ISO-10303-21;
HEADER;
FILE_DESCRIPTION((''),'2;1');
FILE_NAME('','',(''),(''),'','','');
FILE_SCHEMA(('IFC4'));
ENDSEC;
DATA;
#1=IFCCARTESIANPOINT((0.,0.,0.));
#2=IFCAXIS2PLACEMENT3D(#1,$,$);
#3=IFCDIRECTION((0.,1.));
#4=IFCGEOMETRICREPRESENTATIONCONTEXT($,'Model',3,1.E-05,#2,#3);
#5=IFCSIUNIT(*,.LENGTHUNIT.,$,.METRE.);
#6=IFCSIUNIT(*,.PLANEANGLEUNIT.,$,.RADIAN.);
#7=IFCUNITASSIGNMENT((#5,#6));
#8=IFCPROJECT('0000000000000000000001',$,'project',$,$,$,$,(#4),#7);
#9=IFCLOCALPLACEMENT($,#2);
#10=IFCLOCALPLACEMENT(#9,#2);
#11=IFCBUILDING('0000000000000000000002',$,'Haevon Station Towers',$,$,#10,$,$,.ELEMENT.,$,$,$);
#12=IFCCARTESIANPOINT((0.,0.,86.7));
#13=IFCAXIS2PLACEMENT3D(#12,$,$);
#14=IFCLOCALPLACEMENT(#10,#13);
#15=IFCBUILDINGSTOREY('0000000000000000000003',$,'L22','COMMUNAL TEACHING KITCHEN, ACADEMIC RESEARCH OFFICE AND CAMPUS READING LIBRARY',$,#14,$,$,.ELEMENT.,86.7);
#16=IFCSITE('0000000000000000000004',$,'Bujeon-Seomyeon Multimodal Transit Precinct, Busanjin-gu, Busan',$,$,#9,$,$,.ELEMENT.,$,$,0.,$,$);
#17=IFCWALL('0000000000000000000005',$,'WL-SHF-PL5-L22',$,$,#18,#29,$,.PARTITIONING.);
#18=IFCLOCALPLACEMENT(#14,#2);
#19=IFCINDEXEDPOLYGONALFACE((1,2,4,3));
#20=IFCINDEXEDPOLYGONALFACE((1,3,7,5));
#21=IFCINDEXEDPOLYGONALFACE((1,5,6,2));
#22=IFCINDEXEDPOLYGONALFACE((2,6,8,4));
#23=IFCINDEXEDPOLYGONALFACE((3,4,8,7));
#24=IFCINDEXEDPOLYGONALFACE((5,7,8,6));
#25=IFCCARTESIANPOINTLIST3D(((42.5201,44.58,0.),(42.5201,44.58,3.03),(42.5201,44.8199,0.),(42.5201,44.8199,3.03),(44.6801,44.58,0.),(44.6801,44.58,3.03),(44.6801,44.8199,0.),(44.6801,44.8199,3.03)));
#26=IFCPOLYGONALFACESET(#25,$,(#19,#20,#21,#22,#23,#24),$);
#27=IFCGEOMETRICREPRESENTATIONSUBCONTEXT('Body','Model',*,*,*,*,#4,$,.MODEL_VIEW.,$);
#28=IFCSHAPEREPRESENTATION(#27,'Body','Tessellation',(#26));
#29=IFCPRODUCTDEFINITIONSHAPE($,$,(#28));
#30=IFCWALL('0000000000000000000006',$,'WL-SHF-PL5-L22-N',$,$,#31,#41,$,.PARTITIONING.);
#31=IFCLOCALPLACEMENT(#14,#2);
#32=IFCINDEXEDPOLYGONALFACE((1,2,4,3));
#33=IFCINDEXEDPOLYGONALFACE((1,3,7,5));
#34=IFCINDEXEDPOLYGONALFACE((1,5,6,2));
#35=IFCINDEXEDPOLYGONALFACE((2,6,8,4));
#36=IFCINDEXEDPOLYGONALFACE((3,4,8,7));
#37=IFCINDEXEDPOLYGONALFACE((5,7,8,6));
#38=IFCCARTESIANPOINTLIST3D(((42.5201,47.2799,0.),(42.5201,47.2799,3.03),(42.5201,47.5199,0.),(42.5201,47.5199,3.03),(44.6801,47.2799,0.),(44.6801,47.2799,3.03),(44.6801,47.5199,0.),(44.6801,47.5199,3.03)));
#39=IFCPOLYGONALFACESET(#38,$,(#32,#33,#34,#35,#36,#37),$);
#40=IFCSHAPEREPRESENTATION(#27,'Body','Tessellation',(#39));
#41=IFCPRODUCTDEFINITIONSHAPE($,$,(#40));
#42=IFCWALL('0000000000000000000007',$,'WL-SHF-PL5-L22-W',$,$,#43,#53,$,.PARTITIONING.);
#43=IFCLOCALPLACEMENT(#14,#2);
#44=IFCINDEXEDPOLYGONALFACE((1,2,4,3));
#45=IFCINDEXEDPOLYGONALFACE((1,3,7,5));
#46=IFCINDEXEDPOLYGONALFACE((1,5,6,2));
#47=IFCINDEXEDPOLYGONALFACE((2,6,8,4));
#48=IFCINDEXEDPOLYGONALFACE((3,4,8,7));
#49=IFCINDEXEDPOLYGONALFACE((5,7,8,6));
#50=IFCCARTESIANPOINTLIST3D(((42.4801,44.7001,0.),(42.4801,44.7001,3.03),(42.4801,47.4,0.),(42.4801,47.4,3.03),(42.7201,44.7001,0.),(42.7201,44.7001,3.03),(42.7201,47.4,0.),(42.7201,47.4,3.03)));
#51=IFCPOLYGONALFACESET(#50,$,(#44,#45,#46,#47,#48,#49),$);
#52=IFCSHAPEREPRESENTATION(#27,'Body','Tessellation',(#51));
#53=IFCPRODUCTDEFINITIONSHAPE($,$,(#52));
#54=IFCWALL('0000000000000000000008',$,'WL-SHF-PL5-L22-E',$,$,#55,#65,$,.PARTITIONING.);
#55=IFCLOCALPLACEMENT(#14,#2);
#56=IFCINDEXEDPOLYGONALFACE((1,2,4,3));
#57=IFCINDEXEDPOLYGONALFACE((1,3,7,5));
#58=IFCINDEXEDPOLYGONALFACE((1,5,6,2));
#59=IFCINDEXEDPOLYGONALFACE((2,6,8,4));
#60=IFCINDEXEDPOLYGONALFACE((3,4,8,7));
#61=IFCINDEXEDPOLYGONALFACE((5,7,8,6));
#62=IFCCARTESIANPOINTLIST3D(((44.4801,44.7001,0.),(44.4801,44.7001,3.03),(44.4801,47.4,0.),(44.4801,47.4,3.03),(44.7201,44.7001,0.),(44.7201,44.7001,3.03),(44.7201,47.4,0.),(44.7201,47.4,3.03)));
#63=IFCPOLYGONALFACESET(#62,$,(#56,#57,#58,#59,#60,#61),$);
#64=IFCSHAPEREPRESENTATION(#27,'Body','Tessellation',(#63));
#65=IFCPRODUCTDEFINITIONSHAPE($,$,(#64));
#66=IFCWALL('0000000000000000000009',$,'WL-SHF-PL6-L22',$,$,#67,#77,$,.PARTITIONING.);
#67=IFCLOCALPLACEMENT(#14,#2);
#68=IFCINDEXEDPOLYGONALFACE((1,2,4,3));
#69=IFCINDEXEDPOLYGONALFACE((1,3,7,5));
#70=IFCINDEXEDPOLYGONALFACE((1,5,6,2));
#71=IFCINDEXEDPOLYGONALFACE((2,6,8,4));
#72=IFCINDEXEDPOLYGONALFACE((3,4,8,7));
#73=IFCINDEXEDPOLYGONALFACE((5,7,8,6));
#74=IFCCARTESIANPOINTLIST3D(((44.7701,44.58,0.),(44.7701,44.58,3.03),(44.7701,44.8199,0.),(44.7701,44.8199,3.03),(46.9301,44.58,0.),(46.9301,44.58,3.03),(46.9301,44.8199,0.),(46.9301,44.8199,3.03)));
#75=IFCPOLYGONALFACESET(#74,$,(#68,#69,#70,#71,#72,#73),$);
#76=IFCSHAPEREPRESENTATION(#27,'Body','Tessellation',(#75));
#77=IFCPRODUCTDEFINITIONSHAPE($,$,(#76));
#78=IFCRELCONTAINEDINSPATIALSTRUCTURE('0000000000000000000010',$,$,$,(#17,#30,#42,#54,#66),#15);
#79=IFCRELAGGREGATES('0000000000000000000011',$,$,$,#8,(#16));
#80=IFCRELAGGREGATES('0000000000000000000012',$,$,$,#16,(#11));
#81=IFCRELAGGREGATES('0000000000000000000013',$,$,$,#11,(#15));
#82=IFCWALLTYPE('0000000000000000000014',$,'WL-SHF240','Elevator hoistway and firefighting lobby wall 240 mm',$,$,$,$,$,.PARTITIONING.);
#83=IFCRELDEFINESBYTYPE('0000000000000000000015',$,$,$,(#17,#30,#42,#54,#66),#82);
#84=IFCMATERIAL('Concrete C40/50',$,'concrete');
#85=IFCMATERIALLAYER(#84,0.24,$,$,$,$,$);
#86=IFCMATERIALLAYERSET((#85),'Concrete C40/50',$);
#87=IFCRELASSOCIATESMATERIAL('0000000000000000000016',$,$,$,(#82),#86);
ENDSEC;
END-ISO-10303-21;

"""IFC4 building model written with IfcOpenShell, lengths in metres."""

from ifc_helpers import new_model, si_unit, direction, frame, frame_2d, origin, place, context, subcontext, project, spatial, rectangle, extrude, material, layer, layer_set, type_object, element, save


model = new_model("IFC4")

# Units and contexts
model_context = context("Model", 3, precision=1e-05, world=origin(), true_north=direction((0.0, 1.0)))
body_context = subcontext(model_context, "Body", "Model", "MODEL_VIEW")
ifc_project = project(units=[si_unit("LENGTHUNIT", "METRE"), si_unit("PLANEANGLEUNIT", "RADIAN")], contexts=[model_context])

# Site, building, storey
site_placement = place(None, origin())
site = spatial("IfcSite", under=ifc_project, at=site_placement, Name="Bujeon-Seomyeon Multimodal Transit Precinct, Busanjin-gu, Busan", CompositionType="ELEMENT", RefElevation=0.0)
building_placement = place(site_placement, origin())
building = spatial("IfcBuilding", under=site, at=building_placement, Name="Haevon Station Towers", CompositionType="ELEMENT")
storey_placement = place(building_placement, frame((0.0, 0.0, 86.7)))
storey = spatial("IfcBuildingStorey", under=building, at=storey_placement, Name="L22", Description="COMMUNAL TEACHING KITCHEN, ACADEMIC RESEARCH OFFICE AND CAMPUS READING LIBRARY", CompositionType="ELEMENT", Elevation=86.7)

# Shared definitions
ifc_material_1 = material(Name="Concrete C40/50", Category="concrete")
ifc_layer_1 = layer(ifc_material_1, 0.24)
ifc_layer_set_1 = layer_set([ifc_layer_1], Name="Concrete C40/50")
wall_type_1 = type_object("IfcWallType", Name="WL-SHF240", Description="Elevator hoistway and firefighting lobby wall 240 mm", PredefinedType="PARTITIONING", material=ifc_layer_set_1)

# Walls
for number, where, z_axis, x_axis, name in (
    (1, (42.52, 44.7, 0.0), (0.0, 0.0, 1.0), (1.0, 0.0, 0.0), "WL-SHF-PL5-L22"),
    (2, (42.52, 47.3999, 0.0), (0.0, 0.0, 1.0), (1.0, 0.0, 0.0), "WL-SHF-PL5-L22-N"),
):
    element("IfcWall", number, at=place(storey_placement, frame(where, z_axis=z_axis, x_axis=x_axis)), inside=storey, type_object=wall_type_1, Name=name, PredefinedType="PARTITIONING", context=body_context, shape_type="SweptSolid", body=[
        extrude(rectangle(XDim=2.1599, YDim=0.24, at=frame_2d((1.0801, 0.0))), origin(), (0.0, 0.0, 1.0), 3.03),
    ])
for number, where, z_axis, x_axis, name in (
    (3, (42.6001, 44.7, 0.0), (0.0, 0.0, 1.0), (0.0, 1.0, 0.0), "WL-SHF-PL5-L22-W"),
    (4, (44.6001, 44.7, 0.0), (0.0, 0.0, 1.0), (0.0, 1.0, 0.0), "WL-SHF-PL5-L22-E"),
):
    element("IfcWall", number, at=place(storey_placement, frame(where, z_axis=z_axis, x_axis=x_axis)), inside=storey, type_object=wall_type_1, Name=name, PredefinedType="PARTITIONING", context=body_context, shape_type="SweptSolid", body=[
        extrude(rectangle(XDim=2.7, YDim=0.24, at=frame_2d((1.3501, 0.0))), origin(), (0.0, 0.0, 1.0), 3.03),
    ])
wall_1_placement = place(storey_placement, frame((44.77, 44.7, 0.0), z_axis=(0.0, 0.0, 1.0), x_axis=(1.0, 0.0, 0.0)))
element("IfcWall", 5, at=wall_1_placement, inside=storey, type_object=wall_type_1, Name="WL-SHF-PL6-L22", PredefinedType="PARTITIONING", context=body_context, shape_type="SweptSolid", body=[
    extrude(rectangle(XDim=2.1599, YDim=0.24, at=frame_2d((1.0801, 0.0))), origin(), (0.0, 0.0, 1.0), 3.03),
])

save(model, "model.ifc")
